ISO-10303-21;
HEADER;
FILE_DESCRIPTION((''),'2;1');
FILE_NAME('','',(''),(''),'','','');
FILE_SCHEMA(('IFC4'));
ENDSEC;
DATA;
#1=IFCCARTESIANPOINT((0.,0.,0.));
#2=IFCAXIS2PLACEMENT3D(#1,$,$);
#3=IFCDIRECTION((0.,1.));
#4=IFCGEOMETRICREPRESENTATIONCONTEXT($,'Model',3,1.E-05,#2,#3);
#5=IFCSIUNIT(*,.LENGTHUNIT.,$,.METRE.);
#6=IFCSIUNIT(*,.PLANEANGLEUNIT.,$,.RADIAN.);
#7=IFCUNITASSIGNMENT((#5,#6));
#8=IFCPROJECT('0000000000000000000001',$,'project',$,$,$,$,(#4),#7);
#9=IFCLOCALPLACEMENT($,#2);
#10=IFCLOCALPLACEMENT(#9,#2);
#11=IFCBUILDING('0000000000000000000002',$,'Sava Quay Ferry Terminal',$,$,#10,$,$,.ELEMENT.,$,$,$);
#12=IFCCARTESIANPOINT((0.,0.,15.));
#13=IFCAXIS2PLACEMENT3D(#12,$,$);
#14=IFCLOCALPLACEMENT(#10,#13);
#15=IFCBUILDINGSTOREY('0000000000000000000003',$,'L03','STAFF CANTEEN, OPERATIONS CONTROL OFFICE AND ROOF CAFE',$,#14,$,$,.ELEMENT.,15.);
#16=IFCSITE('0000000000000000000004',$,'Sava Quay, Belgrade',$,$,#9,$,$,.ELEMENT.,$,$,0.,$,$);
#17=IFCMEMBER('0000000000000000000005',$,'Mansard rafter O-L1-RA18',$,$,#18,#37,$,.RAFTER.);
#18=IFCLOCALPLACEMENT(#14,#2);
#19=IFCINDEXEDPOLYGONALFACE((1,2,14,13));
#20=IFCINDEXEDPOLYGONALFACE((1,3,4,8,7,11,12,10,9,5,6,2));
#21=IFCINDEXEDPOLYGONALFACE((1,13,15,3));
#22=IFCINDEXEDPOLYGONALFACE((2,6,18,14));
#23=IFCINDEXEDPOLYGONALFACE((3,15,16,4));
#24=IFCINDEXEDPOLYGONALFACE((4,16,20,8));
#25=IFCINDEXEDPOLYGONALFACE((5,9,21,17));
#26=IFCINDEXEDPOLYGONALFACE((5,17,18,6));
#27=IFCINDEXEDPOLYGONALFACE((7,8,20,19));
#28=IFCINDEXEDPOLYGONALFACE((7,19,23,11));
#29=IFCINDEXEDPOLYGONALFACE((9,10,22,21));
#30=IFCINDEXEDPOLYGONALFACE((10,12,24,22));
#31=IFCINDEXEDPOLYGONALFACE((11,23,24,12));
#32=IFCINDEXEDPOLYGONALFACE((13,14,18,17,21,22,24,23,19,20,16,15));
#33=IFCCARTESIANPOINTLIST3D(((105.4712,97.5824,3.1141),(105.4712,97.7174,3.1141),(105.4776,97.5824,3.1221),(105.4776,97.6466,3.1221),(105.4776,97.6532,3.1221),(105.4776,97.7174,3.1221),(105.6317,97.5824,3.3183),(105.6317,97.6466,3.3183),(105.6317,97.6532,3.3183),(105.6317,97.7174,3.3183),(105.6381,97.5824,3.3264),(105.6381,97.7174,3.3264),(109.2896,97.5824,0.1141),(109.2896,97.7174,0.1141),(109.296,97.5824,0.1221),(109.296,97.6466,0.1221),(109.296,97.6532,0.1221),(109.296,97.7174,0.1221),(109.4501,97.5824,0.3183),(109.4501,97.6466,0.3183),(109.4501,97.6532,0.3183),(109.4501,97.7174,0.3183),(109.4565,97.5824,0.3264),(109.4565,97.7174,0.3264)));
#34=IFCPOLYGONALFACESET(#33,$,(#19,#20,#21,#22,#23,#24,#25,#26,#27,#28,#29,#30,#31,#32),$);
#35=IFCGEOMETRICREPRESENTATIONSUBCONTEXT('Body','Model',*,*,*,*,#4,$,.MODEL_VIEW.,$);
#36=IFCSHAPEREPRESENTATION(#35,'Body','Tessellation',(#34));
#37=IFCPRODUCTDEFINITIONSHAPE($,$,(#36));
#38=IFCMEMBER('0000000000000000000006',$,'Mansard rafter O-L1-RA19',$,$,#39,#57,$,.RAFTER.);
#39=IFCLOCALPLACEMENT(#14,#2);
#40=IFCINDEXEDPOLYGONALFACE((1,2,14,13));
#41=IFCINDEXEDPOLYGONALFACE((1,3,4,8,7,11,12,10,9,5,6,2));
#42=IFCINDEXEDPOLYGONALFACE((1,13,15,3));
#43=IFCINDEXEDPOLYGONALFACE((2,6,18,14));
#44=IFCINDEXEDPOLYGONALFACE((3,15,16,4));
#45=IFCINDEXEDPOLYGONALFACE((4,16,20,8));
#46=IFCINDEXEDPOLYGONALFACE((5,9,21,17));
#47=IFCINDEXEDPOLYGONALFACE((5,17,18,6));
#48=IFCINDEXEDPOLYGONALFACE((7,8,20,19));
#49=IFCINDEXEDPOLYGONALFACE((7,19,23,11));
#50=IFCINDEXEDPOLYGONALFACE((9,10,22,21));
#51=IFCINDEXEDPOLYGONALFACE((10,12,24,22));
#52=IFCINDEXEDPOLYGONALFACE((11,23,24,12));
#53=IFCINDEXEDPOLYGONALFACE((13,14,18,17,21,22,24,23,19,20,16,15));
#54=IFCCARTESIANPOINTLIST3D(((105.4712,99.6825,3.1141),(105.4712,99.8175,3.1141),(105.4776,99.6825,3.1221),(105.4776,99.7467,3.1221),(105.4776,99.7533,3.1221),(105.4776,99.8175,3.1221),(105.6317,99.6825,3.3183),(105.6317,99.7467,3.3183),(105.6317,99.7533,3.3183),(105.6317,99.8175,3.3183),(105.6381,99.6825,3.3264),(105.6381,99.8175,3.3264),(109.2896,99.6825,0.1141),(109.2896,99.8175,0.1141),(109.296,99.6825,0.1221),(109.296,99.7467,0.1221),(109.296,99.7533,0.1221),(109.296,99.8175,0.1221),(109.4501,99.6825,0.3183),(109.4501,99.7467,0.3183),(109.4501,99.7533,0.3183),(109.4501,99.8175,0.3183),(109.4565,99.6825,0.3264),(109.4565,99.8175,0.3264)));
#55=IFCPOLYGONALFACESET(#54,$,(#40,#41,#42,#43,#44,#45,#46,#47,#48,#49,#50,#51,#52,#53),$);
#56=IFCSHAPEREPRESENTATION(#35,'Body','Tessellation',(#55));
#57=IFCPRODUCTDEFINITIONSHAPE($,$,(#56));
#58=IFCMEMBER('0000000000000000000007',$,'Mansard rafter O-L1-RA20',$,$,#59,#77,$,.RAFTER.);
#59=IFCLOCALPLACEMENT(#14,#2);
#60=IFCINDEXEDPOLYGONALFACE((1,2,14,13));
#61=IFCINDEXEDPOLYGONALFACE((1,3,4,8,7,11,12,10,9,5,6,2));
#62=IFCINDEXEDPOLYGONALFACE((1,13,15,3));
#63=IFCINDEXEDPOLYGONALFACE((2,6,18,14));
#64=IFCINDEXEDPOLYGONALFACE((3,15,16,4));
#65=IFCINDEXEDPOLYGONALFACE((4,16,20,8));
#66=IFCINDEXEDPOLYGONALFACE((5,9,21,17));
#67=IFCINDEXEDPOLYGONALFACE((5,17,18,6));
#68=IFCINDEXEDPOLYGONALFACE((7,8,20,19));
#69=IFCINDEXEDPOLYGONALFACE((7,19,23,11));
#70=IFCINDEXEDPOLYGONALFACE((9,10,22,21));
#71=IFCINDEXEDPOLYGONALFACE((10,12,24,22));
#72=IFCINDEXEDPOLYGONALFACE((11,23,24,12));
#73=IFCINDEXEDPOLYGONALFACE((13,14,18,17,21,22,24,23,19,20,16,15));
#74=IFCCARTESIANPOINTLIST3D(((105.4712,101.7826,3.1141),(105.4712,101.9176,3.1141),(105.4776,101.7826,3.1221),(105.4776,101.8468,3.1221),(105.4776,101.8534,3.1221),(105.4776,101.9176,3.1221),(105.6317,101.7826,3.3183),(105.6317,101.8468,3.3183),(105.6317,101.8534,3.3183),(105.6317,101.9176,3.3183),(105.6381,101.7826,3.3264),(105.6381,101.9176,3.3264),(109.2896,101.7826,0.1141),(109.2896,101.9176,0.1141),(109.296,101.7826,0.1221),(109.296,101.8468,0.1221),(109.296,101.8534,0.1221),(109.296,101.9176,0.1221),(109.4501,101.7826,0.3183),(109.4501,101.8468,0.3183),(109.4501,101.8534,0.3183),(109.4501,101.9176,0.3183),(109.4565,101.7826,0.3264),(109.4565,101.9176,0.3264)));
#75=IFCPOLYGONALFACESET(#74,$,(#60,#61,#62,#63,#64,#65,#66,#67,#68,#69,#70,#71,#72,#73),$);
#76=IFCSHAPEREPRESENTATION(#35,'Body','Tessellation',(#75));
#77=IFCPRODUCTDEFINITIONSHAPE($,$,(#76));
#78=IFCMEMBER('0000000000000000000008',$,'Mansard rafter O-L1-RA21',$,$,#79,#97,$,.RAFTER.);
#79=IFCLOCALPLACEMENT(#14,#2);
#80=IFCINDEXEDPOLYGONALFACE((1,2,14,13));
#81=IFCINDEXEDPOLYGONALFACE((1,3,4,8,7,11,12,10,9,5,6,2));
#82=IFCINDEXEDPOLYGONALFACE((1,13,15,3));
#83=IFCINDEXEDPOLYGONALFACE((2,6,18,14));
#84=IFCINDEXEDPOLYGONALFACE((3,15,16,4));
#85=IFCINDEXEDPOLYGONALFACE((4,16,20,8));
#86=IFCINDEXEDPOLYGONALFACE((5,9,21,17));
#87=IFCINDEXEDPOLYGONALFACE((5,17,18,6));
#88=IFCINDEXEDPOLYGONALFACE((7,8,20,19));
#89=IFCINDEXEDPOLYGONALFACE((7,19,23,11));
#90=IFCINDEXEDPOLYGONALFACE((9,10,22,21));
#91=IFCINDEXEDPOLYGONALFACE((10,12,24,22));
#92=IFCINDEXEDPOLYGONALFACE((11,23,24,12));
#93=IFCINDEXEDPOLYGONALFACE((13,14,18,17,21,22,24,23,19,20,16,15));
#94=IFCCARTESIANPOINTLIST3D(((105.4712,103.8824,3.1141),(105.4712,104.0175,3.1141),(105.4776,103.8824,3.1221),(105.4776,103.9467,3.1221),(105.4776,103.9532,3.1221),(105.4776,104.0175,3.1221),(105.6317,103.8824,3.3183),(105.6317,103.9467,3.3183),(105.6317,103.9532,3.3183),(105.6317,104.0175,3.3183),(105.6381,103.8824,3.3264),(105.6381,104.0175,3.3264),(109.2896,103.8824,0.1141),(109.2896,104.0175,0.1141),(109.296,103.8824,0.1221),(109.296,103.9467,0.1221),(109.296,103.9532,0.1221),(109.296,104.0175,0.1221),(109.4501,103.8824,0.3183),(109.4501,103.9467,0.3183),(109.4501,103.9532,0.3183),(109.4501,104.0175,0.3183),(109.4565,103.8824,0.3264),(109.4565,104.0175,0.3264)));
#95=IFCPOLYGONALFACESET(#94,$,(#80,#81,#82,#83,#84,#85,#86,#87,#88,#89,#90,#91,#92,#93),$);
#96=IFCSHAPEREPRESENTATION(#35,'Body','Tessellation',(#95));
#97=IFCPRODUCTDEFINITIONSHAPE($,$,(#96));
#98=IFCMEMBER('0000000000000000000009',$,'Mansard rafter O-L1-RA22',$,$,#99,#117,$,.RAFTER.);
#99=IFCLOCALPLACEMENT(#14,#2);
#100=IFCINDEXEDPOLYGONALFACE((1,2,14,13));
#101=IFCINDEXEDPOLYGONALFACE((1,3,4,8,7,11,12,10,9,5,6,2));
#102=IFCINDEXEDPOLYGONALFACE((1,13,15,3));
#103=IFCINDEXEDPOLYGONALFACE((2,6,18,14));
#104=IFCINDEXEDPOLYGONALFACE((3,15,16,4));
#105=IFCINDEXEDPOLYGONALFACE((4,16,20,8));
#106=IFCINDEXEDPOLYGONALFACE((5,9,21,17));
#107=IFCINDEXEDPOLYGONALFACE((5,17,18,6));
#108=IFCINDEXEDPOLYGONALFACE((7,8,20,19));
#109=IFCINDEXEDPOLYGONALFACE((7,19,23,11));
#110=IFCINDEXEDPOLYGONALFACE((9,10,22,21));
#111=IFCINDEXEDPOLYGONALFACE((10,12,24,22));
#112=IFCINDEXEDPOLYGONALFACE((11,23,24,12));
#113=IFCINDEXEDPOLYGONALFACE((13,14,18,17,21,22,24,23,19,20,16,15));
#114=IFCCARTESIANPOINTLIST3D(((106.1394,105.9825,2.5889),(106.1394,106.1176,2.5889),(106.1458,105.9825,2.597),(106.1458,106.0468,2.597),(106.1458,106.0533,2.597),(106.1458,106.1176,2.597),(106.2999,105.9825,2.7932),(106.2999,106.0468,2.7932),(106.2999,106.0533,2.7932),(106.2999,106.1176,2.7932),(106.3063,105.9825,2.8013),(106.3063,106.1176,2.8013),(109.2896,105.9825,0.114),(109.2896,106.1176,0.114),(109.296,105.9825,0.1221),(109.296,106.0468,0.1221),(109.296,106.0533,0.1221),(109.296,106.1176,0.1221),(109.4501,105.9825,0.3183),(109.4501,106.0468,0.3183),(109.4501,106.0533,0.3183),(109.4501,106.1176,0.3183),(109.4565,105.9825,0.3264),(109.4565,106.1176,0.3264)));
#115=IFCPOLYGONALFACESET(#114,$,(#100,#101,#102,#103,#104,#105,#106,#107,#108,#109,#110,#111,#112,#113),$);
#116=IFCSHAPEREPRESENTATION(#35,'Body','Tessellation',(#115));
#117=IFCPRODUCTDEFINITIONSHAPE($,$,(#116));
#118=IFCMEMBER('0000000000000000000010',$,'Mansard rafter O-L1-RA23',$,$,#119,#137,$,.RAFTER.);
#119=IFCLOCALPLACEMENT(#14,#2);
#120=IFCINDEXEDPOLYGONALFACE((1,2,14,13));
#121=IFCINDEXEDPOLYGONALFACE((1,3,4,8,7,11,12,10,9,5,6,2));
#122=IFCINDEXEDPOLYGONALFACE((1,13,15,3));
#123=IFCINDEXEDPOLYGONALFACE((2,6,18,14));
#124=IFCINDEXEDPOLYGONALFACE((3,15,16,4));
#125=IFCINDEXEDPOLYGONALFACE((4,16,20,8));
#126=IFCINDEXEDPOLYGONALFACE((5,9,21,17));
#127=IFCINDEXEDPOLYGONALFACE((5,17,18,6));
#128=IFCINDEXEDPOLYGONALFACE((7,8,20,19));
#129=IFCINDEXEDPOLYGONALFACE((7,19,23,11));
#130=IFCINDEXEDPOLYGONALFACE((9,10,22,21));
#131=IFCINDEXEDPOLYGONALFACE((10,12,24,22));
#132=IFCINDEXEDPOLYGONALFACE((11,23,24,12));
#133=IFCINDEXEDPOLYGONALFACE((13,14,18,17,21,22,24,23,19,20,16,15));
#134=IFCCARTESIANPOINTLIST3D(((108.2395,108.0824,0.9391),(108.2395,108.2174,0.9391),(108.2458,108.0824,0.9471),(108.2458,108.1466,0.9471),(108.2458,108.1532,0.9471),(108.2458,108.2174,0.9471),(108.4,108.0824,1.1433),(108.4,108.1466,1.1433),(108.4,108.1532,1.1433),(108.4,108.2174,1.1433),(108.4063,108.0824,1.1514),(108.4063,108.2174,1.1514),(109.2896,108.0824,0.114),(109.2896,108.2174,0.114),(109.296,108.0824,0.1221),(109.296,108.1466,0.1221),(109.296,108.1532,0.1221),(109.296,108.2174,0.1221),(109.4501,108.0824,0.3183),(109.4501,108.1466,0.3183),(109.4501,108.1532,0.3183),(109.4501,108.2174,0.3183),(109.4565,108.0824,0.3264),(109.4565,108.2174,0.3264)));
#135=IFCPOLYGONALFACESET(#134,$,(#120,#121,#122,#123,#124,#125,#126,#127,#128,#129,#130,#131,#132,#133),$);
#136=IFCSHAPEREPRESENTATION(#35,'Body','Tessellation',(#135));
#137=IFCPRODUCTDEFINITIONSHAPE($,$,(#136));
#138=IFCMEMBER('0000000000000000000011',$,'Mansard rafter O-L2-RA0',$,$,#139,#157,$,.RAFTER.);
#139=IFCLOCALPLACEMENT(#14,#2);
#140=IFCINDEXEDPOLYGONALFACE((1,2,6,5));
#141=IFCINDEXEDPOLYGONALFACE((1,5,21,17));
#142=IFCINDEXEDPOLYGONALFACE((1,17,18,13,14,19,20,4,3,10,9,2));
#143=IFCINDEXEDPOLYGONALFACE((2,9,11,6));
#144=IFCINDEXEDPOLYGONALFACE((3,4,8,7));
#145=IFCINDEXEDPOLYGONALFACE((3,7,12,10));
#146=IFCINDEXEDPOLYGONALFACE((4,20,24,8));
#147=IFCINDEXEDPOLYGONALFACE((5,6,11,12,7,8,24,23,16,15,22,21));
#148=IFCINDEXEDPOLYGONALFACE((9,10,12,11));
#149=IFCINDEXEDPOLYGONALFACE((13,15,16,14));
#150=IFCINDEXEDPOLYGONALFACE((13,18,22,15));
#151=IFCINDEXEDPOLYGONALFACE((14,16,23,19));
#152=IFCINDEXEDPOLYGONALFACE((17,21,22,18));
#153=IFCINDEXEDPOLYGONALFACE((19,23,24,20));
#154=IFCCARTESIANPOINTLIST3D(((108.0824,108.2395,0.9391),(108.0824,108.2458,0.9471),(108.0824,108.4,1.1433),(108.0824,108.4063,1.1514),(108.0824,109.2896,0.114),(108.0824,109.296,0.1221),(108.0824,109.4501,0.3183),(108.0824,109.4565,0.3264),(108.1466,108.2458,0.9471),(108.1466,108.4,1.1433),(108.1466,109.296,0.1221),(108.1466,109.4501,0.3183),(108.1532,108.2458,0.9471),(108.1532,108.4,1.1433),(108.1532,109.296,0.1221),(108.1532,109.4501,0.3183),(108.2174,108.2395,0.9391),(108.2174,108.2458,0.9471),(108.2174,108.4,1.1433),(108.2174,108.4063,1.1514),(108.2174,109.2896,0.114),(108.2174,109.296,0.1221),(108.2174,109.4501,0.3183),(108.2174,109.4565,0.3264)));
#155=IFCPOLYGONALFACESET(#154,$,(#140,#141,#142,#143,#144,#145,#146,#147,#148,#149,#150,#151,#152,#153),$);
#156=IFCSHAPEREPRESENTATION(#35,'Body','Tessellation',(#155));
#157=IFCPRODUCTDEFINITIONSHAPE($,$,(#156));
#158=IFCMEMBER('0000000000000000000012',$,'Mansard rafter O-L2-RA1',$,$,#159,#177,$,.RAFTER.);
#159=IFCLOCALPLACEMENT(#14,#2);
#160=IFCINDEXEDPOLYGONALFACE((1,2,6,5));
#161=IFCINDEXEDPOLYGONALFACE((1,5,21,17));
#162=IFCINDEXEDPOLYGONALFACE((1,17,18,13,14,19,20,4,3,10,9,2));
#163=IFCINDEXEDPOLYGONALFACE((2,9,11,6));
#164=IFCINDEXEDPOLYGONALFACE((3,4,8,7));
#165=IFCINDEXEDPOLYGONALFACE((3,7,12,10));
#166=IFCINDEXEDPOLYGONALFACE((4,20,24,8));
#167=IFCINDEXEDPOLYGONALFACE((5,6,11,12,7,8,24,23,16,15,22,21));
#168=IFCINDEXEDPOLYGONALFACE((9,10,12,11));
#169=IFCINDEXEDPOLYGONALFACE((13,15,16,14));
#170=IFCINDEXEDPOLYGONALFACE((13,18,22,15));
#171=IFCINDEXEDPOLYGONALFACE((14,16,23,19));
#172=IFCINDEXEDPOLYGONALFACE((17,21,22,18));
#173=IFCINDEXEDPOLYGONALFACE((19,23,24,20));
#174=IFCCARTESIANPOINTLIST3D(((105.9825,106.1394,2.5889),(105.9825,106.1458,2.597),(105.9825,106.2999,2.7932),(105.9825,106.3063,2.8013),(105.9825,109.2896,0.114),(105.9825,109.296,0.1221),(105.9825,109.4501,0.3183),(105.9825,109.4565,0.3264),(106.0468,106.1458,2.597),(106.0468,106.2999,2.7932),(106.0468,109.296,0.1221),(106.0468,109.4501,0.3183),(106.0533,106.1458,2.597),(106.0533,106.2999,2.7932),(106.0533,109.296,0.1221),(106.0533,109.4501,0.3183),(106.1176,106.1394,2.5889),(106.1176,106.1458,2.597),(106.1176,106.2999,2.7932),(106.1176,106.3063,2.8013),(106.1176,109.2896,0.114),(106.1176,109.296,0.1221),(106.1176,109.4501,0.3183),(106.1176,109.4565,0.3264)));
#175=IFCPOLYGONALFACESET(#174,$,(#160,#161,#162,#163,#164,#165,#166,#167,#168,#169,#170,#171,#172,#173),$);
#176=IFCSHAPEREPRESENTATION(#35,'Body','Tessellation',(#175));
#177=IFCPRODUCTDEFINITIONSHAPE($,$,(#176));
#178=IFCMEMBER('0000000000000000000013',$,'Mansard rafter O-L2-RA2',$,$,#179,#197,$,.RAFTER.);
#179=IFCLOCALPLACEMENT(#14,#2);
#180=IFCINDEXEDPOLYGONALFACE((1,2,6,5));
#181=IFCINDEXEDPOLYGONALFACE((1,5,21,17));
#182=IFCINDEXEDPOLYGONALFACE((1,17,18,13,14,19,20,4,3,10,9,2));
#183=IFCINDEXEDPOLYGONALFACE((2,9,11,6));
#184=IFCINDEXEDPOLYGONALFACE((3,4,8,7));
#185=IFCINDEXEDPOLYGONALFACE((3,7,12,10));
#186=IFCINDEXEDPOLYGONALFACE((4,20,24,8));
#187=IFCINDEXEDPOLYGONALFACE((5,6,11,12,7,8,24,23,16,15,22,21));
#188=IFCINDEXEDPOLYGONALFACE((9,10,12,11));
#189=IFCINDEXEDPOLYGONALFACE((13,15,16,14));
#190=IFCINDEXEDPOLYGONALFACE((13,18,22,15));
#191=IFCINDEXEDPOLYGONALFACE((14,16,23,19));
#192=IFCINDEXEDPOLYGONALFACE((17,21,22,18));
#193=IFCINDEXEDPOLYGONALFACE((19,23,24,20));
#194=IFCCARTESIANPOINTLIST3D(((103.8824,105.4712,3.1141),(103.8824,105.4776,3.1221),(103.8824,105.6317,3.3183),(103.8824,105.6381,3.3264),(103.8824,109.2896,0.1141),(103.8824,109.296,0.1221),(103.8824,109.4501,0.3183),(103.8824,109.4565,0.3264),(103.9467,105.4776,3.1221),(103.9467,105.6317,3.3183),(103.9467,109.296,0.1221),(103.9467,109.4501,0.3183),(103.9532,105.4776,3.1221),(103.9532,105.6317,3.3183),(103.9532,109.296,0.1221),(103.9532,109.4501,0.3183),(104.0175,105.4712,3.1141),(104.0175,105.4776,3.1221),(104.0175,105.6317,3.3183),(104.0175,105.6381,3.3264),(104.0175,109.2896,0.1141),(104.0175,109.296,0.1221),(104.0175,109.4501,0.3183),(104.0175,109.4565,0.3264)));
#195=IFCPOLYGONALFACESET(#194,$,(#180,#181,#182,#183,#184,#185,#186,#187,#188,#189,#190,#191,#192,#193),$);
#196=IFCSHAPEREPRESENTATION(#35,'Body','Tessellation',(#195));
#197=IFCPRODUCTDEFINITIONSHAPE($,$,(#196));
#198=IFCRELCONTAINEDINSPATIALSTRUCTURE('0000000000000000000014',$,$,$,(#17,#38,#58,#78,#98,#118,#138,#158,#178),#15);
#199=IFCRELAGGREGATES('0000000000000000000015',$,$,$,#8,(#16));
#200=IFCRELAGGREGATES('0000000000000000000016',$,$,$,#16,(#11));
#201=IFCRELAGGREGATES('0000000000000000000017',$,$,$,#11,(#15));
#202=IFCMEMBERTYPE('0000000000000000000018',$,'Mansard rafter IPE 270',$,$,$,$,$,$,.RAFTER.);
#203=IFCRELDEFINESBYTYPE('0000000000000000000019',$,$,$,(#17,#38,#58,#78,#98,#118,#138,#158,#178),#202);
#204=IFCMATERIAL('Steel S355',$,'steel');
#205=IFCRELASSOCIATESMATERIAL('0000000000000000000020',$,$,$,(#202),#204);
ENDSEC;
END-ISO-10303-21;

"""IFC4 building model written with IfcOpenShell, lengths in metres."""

from ifc_helpers import new_model, si_unit, direction, frame, origin, origin_2d, place, context, subcontext, project, spatial, i_section, extrude, material, material_profile, profile_set, type_object, element, save


model = new_model("IFC4")

# Units and contexts
model_context = context("Model", 3, precision=1e-05, world=origin(), true_north=direction((0.0, 1.0)))
body_context = subcontext(model_context, "Body", "Model", "MODEL_VIEW")
ifc_project = project(units=[si_unit("LENGTHUNIT", "METRE"), si_unit("PLANEANGLEUNIT", "RADIAN")], contexts=[model_context])

# Site, building, storey
site_placement = place(None, origin())
site = spatial("IfcSite", under=ifc_project, at=site_placement, Name="Sava Quay, Belgrade", CompositionType="ELEMENT", RefElevation=0.0)
building_placement = place(site_placement, origin())
building = spatial("IfcBuilding", under=site, at=building_placement, Name="Sava Quay Ferry Terminal", CompositionType="ELEMENT")
storey_placement = place(building_placement, frame((0.0, 0.0, 15.0)))
storey = spatial("IfcBuildingStorey", under=building, at=storey_placement, Name="L03", Description="STAFF CANTEEN, OPERATIONS CONTROL OFFICE AND ROOF CAFE", CompositionType="ELEMENT", Elevation=15.0)

# Members
ifc_material_1 = material(Name="Steel S355", Category="steel")
ifc_material_profile_1 = material_profile(ifc_material_1, i_section(OverallWidth=0.135, OverallDepth=0.27, WebThickness=0.0066, FlangeThickness=0.0103, at=origin_2d()), Name="IPE 270")
ifc_profile_set_1 = profile_set([ifc_material_profile_1], Name="Steel S355")
member_type = type_object("IfcMemberType", Name="Mansard rafter IPE 270", PredefinedType="RAFTER", material=ifc_profile_set_1)
for number, where, z_axis, x_axis, name in (
    (1, (109.373, 97.6499, 0.2202), (-0.786332, 0.0, 0.617804), (0.0, -1.0, 0.0), "Mansard rafter O-L1-RA18"),
    (2, (109.373, 99.75, 0.2202), (-0.786332, 0.0, 0.617804), (0.0, -1.0, 0.0), "Mansard rafter O-L1-RA19"),
    (3, (109.373, 101.8501, 0.2202), (-0.786332, 0.0, 0.617804), (0.0, -1.0, 0.0), "Mansard rafter O-L1-RA20"),
    (4, (109.373, 103.95, 0.2202), (-0.786332, 0.0, 0.617804), (0.0, -1.0, 0.0), "Mansard rafter O-L1-RA21"),
):
    element("IfcMember", number, at=place(storey_placement, frame(where, z_axis=z_axis, x_axis=x_axis)), inside=storey, type_object=member_type, Name=name, PredefinedType="RAFTER", context=body_context, shape_type="SweptSolid", body=[
        extrude(i_section(OverallWidth=0.135, OverallDepth=0.27, WebThickness=0.0066, FlangeThickness=0.0103, at=origin_2d()), origin(), (0.0, 0.0, 1.0), 4.856),
    ])
member_1_placement = place(storey_placement, frame((109.373, 106.05, 0.2202), z_axis=(-0.78635, 0.0, 0.617781), x_axis=(0.0, -1.0, 0.0)))
element("IfcMember", 5, at=member_1_placement, inside=storey, type_object=member_type, Name="Mansard rafter O-L1-RA22", PredefinedType="RAFTER", context=body_context, shape_type="SweptSolid", body=[
    extrude(i_section(OverallWidth=0.135, OverallDepth=0.27, WebThickness=0.0066, FlangeThickness=0.0103, at=origin_2d()), origin(), (0.0, 0.0, 1.0), 4.0061),
])
for number, where, z_axis, x_axis, name in (
    (6, (109.373, 108.1499, 0.2202), (-0.78635, 0.0, 0.617781), (0.0, -1.0, 0.0), "Mansard rafter O-L1-RA23"),
    (7, (108.1499, 109.373, 0.2202), (0.0, -0.78635, 0.617781), (1.0, 0.0, 0.0), "Mansard rafter O-L2-RA0"),
):
    element("IfcMember", number, at=place(storey_placement, frame(where, z_axis=z_axis, x_axis=x_axis)), inside=storey, type_object=member_type, Name=name, PredefinedType="RAFTER", context=body_context, shape_type="SweptSolid", body=[
        extrude(i_section(OverallWidth=0.135, OverallDepth=0.27, WebThickness=0.0066, FlangeThickness=0.0103, at=origin_2d()), origin(), (0.0, 0.0, 1.0), 1.3354),
    ])
member_2_placement = place(storey_placement, frame((106.05, 109.373, 0.2202), z_axis=(0.0, -0.78635, 0.617781), x_axis=(1.0, 0.0, 0.0)))
element("IfcMember", 8, at=member_2_placement, inside=storey, type_object=member_type, Name="Mansard rafter O-L2-RA1", PredefinedType="RAFTER", context=body_context, shape_type="SweptSolid", body=[
    extrude(i_section(OverallWidth=0.135, OverallDepth=0.27, WebThickness=0.0066, FlangeThickness=0.0103, at=origin_2d()), origin(), (0.0, 0.0, 1.0), 4.0061),
])
for number, where, z_axis, x_axis, name in (
    (9, (103.95, 109.373, 0.2202), (0.0, -0.786332, 0.617804), (1.0, 0.0, 0.0), "Mansard rafter O-L2-RA2"),
):
    element("IfcMember", number, at=place(storey_placement, frame(where, z_axis=z_axis, x_axis=x_axis)), inside=storey, type_object=member_type, Name=name, PredefinedType="RAFTER", context=body_context, shape_type="SweptSolid", body=[
        extrude(i_section(OverallWidth=0.135, OverallDepth=0.27, WebThickness=0.0066, FlangeThickness=0.0103, at=origin_2d()), origin(), (0.0, 0.0, 1.0), 4.856),
    ])

save(model, "model.ifc")
